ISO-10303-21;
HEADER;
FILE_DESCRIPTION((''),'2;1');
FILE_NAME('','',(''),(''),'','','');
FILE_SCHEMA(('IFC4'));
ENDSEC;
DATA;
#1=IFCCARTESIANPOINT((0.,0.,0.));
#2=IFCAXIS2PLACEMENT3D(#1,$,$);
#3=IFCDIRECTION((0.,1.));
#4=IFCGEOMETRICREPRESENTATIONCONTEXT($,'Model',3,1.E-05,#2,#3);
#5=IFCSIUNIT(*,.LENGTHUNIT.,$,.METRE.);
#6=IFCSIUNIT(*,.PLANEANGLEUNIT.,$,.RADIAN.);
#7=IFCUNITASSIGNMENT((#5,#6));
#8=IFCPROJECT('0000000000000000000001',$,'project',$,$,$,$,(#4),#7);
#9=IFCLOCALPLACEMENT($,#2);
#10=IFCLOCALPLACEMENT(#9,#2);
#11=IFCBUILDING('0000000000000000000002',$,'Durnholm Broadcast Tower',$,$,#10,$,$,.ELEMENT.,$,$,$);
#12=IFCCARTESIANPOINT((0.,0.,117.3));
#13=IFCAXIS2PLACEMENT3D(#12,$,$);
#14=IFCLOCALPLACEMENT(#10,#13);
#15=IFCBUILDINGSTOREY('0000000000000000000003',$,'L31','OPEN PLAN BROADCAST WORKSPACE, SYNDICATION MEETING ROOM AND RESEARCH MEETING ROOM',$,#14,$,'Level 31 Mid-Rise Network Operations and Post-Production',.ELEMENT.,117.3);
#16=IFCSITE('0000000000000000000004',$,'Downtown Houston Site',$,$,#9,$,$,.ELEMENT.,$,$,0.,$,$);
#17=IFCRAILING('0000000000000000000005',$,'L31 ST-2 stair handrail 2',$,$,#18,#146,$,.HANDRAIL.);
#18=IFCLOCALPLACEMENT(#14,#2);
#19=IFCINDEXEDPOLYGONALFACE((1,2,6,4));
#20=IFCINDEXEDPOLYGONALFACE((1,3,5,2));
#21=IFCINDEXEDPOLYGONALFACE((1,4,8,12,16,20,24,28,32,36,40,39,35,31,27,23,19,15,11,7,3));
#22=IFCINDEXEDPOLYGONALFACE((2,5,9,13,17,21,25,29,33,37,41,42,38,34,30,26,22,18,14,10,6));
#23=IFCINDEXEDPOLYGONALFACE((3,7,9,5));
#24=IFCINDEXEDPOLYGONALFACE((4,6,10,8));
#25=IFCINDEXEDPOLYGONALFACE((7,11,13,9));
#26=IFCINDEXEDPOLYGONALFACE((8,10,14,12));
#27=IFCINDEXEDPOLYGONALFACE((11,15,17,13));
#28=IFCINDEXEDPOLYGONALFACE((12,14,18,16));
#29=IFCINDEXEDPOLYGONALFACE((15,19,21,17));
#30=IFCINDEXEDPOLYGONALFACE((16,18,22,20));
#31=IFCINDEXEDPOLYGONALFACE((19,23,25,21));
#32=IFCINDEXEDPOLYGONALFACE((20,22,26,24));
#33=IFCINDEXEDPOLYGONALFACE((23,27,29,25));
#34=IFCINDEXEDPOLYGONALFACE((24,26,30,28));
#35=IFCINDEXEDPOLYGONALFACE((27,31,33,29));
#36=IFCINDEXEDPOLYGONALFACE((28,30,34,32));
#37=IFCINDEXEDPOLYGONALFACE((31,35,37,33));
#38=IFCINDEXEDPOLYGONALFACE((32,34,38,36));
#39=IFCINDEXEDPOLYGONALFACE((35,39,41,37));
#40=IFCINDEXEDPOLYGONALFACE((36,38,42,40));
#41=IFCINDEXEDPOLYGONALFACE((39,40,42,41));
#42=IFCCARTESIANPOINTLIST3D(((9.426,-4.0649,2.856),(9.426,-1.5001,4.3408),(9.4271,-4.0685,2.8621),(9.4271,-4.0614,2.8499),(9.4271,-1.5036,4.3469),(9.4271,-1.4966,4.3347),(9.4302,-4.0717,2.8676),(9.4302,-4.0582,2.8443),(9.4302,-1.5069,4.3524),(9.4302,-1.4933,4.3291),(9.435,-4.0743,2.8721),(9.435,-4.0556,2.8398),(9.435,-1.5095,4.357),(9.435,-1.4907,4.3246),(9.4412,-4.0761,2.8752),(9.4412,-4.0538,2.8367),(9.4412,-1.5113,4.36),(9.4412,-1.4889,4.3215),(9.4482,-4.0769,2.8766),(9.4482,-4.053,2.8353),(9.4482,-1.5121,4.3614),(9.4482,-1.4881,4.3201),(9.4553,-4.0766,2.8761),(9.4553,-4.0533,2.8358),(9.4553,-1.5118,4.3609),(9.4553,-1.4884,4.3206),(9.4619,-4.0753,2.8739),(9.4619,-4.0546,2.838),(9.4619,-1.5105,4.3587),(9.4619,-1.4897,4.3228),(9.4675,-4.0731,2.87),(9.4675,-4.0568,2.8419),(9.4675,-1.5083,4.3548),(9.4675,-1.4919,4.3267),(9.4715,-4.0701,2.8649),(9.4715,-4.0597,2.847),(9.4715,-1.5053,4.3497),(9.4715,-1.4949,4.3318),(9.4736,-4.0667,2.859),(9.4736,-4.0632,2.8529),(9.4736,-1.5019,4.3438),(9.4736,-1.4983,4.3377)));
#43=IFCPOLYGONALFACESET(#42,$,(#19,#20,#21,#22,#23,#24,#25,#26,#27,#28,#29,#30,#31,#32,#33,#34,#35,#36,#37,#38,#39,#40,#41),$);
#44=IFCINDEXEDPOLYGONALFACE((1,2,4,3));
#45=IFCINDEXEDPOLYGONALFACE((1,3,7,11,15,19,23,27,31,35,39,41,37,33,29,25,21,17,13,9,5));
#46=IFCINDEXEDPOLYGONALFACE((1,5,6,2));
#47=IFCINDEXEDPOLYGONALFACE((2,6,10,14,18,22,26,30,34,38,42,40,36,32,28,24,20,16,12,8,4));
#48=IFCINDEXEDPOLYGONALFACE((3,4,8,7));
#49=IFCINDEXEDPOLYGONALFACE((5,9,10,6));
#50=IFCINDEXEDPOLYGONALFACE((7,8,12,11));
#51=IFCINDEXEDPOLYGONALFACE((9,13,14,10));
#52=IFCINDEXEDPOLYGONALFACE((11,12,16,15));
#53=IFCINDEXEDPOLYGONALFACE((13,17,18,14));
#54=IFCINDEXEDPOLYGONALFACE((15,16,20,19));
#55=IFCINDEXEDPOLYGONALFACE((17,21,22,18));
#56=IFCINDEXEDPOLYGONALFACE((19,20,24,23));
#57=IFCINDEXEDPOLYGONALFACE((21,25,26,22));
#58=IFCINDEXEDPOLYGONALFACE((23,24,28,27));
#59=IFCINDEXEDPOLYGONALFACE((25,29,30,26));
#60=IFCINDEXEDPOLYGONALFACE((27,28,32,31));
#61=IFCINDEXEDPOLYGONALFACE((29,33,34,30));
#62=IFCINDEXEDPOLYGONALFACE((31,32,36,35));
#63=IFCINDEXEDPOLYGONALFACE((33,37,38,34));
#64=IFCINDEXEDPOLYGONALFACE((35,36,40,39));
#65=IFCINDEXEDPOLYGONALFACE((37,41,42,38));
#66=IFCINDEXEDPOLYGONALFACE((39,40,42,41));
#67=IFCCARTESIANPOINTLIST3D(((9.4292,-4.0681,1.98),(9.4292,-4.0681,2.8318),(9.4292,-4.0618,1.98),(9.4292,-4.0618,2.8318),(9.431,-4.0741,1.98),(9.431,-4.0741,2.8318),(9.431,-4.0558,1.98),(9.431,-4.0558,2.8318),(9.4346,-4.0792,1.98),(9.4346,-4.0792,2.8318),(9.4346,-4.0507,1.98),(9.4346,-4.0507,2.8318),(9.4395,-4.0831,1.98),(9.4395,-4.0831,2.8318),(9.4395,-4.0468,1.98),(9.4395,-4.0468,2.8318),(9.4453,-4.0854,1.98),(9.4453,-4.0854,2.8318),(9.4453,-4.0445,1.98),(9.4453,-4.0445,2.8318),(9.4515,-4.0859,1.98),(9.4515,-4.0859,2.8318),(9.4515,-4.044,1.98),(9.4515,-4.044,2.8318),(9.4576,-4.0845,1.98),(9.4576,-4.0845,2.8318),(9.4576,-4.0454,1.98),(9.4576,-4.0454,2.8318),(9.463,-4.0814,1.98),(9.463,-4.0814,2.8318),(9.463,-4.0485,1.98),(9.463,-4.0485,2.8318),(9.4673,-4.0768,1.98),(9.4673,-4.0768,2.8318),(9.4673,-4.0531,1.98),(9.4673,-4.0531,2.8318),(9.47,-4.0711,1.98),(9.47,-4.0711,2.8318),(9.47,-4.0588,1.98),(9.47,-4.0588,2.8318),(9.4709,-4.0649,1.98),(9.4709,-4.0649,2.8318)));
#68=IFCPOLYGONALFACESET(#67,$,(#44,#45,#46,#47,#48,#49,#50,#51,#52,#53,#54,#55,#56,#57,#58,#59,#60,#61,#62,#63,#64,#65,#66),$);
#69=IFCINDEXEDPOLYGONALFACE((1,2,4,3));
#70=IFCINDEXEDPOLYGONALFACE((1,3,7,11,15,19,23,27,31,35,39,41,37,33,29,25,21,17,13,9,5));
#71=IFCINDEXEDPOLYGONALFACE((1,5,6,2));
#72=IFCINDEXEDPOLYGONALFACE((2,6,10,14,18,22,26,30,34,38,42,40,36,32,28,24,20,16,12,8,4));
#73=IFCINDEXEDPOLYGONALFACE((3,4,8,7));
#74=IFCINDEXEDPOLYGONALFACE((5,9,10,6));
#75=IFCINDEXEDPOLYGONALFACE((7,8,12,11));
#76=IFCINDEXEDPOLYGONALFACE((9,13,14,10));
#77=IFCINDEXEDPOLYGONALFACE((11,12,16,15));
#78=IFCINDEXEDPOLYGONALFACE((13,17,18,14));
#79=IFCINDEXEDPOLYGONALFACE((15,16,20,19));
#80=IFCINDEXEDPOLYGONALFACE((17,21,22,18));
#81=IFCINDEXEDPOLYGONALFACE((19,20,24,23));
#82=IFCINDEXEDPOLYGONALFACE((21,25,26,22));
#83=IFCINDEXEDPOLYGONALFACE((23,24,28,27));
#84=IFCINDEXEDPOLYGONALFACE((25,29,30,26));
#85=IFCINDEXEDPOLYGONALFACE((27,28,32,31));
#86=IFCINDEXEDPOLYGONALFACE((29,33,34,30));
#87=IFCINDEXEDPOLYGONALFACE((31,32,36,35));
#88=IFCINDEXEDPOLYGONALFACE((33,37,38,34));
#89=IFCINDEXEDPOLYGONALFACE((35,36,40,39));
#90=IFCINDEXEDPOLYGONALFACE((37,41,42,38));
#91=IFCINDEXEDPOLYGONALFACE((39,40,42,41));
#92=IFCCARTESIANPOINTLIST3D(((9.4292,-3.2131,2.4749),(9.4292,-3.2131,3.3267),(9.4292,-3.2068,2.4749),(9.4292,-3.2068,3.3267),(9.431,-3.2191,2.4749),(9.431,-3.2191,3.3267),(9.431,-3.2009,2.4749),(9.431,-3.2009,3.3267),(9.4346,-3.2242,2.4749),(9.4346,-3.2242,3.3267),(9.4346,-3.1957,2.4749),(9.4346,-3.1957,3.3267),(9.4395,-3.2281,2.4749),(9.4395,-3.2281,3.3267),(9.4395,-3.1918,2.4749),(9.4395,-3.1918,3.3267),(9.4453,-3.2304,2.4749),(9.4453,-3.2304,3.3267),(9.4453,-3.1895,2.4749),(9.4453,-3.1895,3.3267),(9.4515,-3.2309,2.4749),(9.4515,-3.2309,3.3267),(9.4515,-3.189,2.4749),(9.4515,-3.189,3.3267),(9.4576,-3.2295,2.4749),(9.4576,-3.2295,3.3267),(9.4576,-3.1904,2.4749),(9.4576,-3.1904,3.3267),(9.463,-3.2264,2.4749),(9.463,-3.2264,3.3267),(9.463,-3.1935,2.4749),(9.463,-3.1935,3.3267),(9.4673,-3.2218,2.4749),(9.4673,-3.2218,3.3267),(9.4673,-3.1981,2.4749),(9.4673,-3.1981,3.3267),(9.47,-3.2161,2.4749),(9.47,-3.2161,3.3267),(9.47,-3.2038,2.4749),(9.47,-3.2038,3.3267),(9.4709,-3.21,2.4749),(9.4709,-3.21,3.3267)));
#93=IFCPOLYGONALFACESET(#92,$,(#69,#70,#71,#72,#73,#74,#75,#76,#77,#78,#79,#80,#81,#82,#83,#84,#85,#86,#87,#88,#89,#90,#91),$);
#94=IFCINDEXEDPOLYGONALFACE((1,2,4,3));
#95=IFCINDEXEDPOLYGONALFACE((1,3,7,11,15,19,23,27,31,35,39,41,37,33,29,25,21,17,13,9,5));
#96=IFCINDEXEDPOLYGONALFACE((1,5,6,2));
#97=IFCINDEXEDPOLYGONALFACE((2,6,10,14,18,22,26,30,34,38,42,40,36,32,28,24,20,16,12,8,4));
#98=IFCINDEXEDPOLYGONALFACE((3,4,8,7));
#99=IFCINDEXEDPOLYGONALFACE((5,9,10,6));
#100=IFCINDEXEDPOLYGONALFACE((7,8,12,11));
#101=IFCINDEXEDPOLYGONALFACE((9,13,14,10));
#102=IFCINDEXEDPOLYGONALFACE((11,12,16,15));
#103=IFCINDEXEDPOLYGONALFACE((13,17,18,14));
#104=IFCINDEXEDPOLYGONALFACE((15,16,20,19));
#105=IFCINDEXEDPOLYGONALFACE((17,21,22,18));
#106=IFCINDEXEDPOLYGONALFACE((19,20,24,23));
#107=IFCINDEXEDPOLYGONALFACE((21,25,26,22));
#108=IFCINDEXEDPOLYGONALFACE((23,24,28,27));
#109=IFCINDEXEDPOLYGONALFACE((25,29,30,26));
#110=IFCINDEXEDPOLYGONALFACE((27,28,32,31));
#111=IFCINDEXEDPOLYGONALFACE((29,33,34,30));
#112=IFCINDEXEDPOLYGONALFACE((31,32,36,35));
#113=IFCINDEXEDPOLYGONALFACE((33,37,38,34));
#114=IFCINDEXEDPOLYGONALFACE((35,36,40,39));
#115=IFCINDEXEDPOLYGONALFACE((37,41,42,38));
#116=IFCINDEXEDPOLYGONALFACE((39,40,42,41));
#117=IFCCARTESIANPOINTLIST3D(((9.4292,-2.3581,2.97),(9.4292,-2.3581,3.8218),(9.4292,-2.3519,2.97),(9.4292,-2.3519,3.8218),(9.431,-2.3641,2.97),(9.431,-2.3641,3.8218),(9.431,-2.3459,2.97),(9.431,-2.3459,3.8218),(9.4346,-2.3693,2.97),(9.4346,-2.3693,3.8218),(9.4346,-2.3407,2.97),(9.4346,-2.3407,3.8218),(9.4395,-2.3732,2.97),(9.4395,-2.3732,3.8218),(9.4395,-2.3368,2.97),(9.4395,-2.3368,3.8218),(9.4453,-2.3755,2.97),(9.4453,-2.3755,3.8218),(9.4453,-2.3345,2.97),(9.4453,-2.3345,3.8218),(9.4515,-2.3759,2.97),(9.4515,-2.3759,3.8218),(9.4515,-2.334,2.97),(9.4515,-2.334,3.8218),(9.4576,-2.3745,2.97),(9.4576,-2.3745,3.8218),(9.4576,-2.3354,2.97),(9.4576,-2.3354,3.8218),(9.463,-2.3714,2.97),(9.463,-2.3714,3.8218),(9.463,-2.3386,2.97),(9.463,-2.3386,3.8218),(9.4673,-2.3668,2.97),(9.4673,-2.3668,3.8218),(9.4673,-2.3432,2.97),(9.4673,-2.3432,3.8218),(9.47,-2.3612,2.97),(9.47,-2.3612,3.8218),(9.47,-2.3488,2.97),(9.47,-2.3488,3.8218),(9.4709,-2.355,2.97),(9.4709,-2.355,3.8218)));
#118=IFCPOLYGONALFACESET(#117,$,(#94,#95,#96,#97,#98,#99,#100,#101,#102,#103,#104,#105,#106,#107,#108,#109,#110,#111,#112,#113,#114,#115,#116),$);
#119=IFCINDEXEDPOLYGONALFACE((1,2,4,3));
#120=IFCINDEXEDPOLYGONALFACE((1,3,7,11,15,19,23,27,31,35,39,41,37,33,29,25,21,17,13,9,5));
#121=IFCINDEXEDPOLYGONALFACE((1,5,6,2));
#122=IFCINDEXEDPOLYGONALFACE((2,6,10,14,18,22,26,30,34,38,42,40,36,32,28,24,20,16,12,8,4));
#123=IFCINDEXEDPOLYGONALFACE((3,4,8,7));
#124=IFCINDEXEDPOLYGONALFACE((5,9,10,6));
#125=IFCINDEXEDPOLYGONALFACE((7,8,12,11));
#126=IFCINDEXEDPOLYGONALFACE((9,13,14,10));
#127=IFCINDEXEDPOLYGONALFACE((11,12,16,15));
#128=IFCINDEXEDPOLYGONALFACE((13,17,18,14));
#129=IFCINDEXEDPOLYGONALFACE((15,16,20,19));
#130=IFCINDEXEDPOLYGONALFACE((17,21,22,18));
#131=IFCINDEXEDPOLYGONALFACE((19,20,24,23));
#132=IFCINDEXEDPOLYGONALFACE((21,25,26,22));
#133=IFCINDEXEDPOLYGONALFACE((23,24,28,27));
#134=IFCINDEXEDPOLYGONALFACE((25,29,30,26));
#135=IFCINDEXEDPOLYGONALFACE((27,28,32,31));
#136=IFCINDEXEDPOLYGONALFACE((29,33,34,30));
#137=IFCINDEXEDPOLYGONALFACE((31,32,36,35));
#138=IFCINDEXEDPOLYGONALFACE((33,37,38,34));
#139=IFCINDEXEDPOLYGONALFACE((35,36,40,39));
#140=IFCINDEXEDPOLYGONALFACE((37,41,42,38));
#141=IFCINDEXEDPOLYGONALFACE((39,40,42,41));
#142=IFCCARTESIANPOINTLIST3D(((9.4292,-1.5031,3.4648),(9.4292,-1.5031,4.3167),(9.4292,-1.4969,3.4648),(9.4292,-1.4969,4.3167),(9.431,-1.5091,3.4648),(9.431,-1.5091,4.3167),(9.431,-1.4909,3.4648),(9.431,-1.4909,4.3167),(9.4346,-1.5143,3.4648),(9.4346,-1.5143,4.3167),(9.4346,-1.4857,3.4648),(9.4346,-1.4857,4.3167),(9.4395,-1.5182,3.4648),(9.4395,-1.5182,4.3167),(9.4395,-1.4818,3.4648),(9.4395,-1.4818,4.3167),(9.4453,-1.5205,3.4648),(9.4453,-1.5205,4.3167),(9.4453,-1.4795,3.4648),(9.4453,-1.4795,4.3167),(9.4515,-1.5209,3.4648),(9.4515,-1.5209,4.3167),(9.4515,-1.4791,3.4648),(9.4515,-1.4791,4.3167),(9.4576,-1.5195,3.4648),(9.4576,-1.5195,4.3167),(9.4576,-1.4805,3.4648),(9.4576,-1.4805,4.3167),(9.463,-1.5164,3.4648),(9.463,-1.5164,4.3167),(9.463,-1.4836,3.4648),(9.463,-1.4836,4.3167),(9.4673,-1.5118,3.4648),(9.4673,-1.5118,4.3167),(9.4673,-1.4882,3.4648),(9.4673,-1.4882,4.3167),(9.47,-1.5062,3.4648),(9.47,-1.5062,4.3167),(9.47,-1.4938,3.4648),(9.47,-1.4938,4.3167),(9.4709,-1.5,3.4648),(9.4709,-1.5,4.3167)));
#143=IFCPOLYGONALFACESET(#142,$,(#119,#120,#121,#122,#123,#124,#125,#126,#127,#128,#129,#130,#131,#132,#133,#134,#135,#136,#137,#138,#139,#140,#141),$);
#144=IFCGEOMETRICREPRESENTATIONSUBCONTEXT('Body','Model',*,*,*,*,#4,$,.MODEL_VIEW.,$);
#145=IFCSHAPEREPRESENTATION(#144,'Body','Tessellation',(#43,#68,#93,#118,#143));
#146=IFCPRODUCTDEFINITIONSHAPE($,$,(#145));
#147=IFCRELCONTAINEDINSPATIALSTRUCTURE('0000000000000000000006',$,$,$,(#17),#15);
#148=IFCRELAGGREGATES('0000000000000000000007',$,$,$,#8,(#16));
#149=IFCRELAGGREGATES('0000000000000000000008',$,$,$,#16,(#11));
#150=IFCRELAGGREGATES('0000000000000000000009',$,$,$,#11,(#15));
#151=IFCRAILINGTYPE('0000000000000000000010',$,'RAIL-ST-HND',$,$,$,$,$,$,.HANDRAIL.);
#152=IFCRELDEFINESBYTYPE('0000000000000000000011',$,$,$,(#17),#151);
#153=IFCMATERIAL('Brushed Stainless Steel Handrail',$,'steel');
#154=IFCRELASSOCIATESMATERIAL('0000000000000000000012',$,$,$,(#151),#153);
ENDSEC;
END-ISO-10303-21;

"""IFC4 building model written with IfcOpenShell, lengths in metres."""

from ifc_helpers import new_model, si_unit, direction, frame, origin, origin_2d, place, context, subcontext, project, spatial, circle, extrude, material, type_object, element, save


model = new_model("IFC4")

# Units and contexts
model_context = context("Model", 3, precision=1e-05, world=origin(), true_north=direction((0.0, 1.0)))
body_context = subcontext(model_context, "Body", "Model", "MODEL_VIEW")
ifc_project = project(units=[si_unit("LENGTHUNIT", "METRE"), si_unit("PLANEANGLEUNIT", "RADIAN")], contexts=[model_context])

# Site, building, storey
site_placement = place(None, origin())
site = spatial("IfcSite", under=ifc_project, at=site_placement, Name="Downtown Houston Site", CompositionType="ELEMENT", RefElevation=0.0)
building_placement = place(site_placement, origin())
building = spatial("IfcBuilding", under=site, at=building_placement, Name="Durnholm Broadcast Tower", CompositionType="ELEMENT")
storey_placement = place(building_placement, frame((0.0, 0.0, 117.3)))
storey = spatial("IfcBuildingStorey", under=building, at=storey_placement, Name="L31", Description="OPEN PLAN BROADCAST WORKSPACE, SYNDICATION MEETING ROOM AND RESEARCH MEETING ROOM", LongName="Level 31 Mid-Rise Network Operations and Post-Production", CompositionType="ELEMENT", Elevation=117.3)

# Railing
ifc_material_1 = material(Name="Brushed Stainless Steel Handrail", Category="steel")
railing_type_1 = type_object("IfcRailingType", Name="RAIL-ST-HND", PredefinedType="HANDRAIL", material=ifc_material_1)
railing_1_placement = place(storey_placement, frame((9.45, -4.0649, 1.98)))
element("IfcRailing", 1, at=railing_1_placement, inside=storey, type_object=railing_type_1, Name="L31 ST-2 stair handrail 2", PredefinedType="HANDRAIL", context=body_context, shape_type="SweptSolid", body=[
    extrude(circle(Radius=0.0239, at=origin_2d()), frame((0.0, 0.0, 0.876), z_axis=(0.0, 0.865441, 0.50101), x_axis=(-1.0, 0.0, 0.0)), (0.0, 0.0, 1.0), 2.9636),
    extrude(circle(Radius=0.021, at=origin_2d()), origin(), (0.0, 0.0, 1.0), 0.8518),
    extrude(circle(Radius=0.021, at=origin_2d()), frame((0.0, 0.855, 0.4949)), (0.0, 0.0, 1.0), 0.8518),
    extrude(circle(Radius=0.021, at=origin_2d()), frame((0.0, 1.71, 0.99)), (0.0, 0.0, 1.0), 0.8518),
    extrude(circle(Radius=0.021, at=origin_2d()), frame((0.0, 2.5649, 1.4849)), (0.0, 0.0, 1.0), 0.8518),
])

save(model, "model.ifc")
